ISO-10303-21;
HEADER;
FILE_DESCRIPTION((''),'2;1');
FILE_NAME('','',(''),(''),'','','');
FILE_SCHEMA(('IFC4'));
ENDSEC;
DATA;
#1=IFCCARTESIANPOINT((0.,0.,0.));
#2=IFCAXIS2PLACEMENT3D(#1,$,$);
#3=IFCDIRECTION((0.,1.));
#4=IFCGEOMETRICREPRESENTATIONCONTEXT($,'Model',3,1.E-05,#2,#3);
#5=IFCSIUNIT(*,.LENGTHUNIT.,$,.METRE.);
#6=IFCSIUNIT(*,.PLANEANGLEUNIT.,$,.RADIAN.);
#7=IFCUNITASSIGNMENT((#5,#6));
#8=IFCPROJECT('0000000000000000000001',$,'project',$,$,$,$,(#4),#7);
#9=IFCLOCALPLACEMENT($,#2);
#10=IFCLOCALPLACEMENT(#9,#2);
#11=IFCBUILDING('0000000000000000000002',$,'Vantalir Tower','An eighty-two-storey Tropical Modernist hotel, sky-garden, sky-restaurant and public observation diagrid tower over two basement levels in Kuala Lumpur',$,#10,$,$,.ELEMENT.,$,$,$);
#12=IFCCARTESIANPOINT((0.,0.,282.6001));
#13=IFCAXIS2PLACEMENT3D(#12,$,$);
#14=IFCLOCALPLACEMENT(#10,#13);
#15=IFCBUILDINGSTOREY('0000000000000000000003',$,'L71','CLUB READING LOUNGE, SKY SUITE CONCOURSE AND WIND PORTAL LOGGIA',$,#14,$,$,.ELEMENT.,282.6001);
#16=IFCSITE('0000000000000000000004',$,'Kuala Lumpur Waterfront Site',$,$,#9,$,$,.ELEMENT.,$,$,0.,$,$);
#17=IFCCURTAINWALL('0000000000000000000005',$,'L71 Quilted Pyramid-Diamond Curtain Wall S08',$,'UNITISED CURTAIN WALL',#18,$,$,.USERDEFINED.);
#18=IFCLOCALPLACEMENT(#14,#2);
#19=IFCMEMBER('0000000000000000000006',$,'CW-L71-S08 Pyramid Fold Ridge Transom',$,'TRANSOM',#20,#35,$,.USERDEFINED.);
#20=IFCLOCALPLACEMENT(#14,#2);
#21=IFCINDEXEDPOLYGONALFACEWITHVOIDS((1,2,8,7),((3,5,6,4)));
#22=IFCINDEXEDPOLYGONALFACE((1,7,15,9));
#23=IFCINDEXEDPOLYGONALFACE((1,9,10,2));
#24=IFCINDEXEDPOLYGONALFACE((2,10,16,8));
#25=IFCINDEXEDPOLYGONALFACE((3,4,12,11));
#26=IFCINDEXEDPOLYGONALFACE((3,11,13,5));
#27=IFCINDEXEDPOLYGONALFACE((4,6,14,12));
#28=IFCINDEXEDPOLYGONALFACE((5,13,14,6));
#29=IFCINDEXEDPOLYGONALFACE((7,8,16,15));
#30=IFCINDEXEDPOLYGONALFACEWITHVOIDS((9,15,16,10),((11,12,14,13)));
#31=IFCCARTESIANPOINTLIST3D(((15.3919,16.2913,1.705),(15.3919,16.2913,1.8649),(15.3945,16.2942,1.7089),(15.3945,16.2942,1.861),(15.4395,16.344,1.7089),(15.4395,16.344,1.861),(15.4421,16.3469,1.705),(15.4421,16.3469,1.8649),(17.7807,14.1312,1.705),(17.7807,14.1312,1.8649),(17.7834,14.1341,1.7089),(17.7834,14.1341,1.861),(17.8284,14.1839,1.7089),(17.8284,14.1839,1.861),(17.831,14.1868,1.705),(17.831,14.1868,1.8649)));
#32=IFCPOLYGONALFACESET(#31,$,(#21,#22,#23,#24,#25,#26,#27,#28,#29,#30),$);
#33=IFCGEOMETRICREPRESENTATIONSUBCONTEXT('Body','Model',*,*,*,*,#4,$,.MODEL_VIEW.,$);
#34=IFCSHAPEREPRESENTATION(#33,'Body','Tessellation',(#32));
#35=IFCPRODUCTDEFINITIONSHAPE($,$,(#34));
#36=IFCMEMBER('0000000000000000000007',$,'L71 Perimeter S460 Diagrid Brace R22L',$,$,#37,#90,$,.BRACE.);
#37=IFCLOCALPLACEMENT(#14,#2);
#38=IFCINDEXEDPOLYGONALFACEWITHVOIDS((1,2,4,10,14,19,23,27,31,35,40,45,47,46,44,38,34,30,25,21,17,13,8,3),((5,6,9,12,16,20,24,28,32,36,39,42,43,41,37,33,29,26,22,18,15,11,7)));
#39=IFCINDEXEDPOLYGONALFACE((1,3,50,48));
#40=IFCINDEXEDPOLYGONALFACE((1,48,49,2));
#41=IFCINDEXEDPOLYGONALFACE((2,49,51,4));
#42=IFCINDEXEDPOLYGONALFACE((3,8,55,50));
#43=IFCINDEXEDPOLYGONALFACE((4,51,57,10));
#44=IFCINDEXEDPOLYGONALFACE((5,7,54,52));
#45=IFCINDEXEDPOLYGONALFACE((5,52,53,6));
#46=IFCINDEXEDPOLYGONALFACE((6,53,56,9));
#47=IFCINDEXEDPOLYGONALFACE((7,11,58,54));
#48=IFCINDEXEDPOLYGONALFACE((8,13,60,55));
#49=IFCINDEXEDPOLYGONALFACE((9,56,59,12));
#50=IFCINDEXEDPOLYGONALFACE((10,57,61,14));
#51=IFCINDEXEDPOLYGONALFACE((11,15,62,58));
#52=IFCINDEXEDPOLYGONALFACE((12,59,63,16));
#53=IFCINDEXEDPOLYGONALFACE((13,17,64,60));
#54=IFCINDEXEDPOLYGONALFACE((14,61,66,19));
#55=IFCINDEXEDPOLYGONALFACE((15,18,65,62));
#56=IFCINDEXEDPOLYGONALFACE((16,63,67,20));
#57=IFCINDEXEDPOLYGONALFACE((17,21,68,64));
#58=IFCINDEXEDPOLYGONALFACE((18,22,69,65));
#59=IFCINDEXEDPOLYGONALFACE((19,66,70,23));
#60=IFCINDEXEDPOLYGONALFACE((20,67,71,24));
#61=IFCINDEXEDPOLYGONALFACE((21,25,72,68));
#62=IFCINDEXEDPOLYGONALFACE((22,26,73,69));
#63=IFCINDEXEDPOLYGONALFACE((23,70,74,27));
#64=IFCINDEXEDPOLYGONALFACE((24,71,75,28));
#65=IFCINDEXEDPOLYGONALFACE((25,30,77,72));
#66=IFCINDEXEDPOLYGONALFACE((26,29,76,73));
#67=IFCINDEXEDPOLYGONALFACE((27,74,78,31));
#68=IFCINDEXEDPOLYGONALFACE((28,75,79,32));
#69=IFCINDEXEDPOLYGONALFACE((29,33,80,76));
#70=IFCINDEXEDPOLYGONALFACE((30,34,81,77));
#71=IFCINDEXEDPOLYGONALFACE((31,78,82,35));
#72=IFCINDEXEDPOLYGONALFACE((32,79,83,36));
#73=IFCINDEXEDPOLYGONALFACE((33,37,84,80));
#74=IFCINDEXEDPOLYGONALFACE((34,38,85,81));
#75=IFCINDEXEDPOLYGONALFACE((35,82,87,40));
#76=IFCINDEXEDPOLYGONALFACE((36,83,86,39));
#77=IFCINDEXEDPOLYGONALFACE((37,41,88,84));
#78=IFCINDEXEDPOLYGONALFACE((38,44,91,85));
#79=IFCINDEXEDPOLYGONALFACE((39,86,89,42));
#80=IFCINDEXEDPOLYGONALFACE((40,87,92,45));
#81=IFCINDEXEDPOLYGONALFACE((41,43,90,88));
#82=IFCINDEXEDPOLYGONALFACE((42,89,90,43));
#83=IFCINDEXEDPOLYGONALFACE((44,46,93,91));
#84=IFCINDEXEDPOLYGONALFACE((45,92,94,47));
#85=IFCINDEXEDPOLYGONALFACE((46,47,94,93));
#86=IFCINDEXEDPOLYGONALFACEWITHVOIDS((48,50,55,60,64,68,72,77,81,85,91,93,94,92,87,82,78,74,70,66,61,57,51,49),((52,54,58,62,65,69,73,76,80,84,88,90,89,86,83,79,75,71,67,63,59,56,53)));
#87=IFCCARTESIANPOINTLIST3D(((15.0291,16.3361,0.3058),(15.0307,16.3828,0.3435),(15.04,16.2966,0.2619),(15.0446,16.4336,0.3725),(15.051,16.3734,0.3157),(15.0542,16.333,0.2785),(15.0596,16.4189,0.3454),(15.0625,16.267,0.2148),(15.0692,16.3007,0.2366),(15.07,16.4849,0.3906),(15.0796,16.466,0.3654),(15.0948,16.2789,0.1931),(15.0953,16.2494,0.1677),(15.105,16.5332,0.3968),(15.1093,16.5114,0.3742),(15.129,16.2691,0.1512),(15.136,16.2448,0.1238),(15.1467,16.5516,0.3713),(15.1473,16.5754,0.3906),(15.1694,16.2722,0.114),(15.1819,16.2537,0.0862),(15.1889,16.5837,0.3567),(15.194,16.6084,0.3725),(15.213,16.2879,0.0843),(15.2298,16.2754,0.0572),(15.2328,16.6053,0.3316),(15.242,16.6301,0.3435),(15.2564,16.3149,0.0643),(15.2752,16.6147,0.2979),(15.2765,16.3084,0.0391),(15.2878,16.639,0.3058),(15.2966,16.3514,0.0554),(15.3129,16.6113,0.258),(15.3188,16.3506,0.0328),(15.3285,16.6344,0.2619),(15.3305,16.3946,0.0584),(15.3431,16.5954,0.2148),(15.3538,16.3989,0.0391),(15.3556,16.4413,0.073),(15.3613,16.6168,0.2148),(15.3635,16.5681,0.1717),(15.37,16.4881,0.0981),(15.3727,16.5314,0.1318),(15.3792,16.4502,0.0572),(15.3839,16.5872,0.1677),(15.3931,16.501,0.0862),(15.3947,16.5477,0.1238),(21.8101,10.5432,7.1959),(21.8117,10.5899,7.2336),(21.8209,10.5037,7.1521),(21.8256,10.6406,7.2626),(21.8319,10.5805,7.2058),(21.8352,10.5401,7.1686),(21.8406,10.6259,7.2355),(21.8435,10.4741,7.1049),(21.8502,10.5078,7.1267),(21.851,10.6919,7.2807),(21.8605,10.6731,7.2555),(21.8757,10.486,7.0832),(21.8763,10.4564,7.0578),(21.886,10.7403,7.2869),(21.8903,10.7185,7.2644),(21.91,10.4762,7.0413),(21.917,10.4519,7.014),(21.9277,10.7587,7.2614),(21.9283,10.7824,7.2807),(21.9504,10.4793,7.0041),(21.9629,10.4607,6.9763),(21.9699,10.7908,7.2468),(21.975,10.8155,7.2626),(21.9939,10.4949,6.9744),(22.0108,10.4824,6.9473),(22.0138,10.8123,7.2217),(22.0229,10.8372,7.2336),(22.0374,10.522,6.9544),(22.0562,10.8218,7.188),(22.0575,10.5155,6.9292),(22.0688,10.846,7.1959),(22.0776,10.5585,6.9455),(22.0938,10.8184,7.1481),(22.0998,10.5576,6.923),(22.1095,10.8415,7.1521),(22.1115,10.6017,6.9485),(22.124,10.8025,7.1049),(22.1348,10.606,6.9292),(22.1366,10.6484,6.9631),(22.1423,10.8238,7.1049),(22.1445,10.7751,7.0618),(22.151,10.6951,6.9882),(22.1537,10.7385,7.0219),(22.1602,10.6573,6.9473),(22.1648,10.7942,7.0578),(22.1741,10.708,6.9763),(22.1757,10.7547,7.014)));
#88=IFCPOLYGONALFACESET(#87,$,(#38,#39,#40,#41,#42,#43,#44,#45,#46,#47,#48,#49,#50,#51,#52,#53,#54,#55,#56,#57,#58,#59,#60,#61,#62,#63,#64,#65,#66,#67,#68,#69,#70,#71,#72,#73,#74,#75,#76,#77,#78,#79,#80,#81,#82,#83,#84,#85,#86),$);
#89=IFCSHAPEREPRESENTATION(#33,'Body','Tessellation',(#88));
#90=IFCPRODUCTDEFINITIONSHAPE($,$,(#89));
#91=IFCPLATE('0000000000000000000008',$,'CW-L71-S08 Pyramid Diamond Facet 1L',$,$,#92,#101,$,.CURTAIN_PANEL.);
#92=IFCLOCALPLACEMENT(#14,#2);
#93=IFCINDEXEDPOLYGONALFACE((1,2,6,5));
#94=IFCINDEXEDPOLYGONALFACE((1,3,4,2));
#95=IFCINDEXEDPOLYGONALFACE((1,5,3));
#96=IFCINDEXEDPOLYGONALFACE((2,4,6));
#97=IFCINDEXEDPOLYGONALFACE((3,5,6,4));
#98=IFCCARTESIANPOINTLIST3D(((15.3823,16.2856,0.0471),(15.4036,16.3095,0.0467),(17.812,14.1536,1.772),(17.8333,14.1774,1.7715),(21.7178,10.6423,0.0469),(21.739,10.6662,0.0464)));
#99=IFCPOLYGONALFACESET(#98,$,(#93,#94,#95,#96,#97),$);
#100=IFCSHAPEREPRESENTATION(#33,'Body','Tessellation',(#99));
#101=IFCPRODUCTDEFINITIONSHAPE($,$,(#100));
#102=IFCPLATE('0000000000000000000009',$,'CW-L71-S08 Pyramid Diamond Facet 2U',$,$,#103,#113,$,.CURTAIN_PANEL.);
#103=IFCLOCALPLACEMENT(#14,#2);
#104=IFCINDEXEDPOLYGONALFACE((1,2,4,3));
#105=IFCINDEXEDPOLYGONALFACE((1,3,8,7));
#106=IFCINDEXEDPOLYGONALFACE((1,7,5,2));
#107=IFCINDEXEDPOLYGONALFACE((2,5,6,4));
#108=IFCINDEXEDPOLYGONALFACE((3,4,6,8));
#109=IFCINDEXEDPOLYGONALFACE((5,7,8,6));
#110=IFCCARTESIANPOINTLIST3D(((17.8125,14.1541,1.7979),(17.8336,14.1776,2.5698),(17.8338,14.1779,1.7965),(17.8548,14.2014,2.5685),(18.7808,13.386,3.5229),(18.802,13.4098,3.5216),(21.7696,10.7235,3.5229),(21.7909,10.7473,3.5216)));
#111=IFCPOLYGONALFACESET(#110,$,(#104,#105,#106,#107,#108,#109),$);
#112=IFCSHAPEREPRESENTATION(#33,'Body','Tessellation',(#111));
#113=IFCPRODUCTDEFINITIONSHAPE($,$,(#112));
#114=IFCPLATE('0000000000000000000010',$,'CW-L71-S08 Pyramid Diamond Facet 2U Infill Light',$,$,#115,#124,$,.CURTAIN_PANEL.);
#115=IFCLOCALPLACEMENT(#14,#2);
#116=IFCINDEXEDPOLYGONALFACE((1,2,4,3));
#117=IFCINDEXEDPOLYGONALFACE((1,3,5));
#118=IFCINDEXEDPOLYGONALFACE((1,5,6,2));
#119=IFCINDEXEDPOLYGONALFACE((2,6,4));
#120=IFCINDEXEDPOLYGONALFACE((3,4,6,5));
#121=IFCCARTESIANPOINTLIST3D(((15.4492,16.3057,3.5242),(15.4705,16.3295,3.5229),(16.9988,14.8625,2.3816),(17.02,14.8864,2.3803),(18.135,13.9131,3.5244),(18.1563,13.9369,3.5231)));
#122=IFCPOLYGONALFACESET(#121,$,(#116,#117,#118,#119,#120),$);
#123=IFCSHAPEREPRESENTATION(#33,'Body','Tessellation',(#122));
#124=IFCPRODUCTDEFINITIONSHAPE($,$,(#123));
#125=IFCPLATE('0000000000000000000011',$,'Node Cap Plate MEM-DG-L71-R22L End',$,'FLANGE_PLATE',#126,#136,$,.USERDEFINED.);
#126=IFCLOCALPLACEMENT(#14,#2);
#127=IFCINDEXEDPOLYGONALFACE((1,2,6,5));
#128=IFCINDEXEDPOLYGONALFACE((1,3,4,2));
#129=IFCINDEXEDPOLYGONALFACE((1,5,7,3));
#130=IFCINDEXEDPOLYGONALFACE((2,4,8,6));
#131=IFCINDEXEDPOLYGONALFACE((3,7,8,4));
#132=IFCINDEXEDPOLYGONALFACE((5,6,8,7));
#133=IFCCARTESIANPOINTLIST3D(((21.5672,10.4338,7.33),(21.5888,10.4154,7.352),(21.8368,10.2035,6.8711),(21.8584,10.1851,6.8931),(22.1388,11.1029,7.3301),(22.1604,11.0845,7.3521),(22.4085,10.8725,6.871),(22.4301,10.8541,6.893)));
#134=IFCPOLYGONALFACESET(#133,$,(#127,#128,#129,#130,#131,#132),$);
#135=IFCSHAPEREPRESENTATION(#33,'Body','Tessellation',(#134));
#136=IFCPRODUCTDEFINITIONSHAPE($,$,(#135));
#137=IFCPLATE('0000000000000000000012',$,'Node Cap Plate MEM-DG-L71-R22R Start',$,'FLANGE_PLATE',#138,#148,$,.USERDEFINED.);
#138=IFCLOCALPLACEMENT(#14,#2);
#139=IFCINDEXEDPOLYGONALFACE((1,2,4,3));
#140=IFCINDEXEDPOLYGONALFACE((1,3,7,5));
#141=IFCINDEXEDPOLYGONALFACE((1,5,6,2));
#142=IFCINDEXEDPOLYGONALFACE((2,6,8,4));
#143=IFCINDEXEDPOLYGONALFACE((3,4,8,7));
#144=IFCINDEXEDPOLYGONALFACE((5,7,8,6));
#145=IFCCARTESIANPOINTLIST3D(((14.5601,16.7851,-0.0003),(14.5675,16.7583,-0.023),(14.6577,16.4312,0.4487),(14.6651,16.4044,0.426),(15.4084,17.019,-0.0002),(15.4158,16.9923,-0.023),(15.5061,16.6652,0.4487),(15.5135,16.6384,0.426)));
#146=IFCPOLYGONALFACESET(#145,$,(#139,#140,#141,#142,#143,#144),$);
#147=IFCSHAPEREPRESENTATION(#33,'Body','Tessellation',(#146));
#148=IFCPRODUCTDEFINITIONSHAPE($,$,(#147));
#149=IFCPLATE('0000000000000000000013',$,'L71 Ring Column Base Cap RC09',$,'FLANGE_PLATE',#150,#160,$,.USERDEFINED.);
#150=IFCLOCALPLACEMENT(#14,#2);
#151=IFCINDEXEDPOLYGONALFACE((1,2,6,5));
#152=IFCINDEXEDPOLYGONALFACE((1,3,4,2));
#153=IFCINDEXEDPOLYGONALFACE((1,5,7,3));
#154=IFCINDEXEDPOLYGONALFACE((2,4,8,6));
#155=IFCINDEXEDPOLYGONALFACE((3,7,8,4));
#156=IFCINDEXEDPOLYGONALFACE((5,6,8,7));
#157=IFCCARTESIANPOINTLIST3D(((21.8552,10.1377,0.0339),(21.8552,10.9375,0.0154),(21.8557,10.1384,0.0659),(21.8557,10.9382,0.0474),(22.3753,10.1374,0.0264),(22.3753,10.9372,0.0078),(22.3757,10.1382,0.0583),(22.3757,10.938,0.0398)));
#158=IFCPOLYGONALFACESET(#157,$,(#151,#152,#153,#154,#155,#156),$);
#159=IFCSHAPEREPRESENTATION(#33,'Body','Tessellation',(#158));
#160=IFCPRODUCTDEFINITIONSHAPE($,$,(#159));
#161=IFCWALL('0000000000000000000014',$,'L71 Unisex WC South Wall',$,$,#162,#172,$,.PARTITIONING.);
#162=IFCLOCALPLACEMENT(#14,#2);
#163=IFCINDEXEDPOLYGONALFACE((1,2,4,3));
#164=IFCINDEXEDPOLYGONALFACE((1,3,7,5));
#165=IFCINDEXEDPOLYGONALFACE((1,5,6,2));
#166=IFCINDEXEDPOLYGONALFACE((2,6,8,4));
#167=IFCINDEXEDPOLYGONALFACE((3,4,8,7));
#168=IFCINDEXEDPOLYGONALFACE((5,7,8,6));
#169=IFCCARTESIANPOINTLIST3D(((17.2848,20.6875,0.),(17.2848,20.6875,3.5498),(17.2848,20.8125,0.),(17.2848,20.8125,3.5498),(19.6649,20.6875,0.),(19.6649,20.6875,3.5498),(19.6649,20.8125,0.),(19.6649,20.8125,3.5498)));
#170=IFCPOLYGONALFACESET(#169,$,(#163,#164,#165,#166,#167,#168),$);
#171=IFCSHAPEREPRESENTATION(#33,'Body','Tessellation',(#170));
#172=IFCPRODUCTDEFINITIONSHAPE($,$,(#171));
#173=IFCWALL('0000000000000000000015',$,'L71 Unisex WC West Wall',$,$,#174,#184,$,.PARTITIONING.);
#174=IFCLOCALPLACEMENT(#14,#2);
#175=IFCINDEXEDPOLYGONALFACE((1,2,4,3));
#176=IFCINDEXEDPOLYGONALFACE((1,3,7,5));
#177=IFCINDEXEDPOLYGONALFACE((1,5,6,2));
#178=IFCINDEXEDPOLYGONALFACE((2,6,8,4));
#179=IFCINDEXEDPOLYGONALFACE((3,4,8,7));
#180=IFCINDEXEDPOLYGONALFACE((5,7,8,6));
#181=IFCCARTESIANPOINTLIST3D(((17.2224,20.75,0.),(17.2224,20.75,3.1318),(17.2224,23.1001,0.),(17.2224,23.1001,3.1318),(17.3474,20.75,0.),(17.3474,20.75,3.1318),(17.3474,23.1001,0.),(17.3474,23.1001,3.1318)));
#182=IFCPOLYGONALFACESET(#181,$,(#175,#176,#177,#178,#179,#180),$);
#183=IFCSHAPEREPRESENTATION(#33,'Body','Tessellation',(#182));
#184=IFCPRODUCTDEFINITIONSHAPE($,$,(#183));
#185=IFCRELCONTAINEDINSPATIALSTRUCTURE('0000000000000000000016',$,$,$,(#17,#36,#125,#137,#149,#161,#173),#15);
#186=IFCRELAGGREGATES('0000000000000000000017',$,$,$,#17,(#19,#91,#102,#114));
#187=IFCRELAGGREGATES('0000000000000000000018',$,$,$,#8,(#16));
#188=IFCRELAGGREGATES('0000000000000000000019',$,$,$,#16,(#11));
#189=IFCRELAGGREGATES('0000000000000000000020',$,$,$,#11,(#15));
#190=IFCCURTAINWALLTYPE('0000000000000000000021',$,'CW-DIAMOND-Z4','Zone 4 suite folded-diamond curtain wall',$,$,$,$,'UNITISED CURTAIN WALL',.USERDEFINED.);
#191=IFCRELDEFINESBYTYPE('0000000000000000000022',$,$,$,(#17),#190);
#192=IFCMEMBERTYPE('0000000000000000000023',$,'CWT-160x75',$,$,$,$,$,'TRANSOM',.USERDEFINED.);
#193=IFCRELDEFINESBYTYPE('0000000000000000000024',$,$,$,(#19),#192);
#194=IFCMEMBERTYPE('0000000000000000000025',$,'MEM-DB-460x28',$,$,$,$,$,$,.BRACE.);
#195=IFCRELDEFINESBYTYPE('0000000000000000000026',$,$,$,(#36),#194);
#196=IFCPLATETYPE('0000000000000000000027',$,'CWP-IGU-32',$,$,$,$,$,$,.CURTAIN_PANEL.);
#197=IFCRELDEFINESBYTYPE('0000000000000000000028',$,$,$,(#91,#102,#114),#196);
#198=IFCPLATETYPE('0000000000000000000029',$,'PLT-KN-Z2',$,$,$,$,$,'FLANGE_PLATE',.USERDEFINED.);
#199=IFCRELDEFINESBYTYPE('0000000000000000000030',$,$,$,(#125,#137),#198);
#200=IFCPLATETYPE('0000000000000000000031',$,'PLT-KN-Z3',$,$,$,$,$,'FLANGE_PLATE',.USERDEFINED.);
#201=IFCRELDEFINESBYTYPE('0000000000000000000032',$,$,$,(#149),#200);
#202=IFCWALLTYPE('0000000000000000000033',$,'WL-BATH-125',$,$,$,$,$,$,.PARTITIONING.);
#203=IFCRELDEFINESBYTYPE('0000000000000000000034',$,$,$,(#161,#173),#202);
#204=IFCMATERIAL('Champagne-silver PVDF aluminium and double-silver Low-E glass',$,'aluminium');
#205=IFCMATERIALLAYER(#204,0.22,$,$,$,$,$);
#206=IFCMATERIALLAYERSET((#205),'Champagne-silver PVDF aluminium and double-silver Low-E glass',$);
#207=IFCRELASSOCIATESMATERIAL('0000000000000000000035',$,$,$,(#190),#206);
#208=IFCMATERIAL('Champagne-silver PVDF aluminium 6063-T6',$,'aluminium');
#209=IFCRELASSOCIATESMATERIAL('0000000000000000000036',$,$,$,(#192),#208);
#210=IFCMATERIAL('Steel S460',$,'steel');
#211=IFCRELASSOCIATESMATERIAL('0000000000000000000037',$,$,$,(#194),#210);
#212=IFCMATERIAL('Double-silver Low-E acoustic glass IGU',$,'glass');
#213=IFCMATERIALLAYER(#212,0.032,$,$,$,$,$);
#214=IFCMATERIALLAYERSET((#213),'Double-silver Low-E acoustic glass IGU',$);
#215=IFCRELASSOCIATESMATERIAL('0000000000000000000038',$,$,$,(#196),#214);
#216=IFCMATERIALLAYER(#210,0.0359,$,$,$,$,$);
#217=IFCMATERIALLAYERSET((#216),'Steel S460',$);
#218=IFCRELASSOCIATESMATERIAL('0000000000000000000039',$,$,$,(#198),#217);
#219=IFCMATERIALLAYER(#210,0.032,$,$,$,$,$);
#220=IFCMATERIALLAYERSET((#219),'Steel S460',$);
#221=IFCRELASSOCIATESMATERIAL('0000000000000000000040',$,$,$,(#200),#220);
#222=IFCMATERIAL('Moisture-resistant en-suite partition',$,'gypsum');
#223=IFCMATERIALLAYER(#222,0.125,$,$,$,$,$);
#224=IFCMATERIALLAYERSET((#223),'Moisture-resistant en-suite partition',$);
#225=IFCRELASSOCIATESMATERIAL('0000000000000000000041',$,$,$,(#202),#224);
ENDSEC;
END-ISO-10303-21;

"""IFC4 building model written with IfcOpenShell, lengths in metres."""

from ifc_helpers import new_model, si_unit, direction, frame, frame_2d, origin, origin_2d, place, context, subcontext, project, spatial, polyline, rectangle, hollow_rectangle, hollow_circle, outline, extrude, material, layer, layer_set, material_profile, profile_set, type_object, element, aggregate, save


model = new_model("IFC4")

# Units and contexts
model_context = context("Model", 3, precision=1e-05, world=origin(), true_north=direction((0.0, 1.0)))
body_context = subcontext(model_context, "Body", "Model", "MODEL_VIEW")
ifc_project = project(units=[si_unit("LENGTHUNIT", "METRE"), si_unit("PLANEANGLEUNIT", "RADIAN")], contexts=[model_context])

# Site, building, storey
site_placement = place(None, origin())
site = spatial("IfcSite", under=ifc_project, at=site_placement, Name="Kuala Lumpur Waterfront Site", CompositionType="ELEMENT", RefElevation=0.0)
building_placement = place(site_placement, origin())
building = spatial("IfcBuilding", under=site, at=building_placement, Name="Vantalir Tower", Description="An eighty-two-storey Tropical Modernist hotel, sky-garden, sky-restaurant and public observation diagrid tower over two basement levels in Kuala Lumpur", CompositionType="ELEMENT")
storey_placement = place(building_placement, frame((0.0, 0.0, 282.6001)))
storey = spatial("IfcBuildingStorey", under=building, at=storey_placement, Name="L71", Description="CLUB READING LOUNGE, SKY SUITE CONCOURSE AND WIND PORTAL LOGGIA", CompositionType="ELEMENT", Elevation=282.6001)

# Shared definitions
ifc_material_1 = material(Name="Steel S460", Category="steel")

# Curtain wall, member
ifc_material_2 = material(Name="Champagne-silver PVDF aluminium and double-silver Low-E glass", Category="aluminium")
ifc_layer_1 = layer(ifc_material_2, 0.22)
ifc_layer_set_1 = layer_set([ifc_layer_1], Name="Champagne-silver PVDF aluminium and double-silver Low-E glass")
curtain_wall_type = type_object("IfcCurtainWallType", Name="CW-DIAMOND-Z4", Description="Zone 4 suite folded-diamond curtain wall", ElementType="UNITISED CURTAIN WALL", PredefinedType="USERDEFINED", material=ifc_layer_set_1)
curtain_wall_placement = place(storey_placement, origin())
curtain_wall = element("IfcCurtainWall", 1, at=curtain_wall_placement, inside=storey, type_object=curtain_wall_type, Name="L71 Quilted Pyramid-Diamond Curtain Wall S08", ObjectType="UNITISED CURTAIN WALL", PredefinedType="USERDEFINED")
ifc_material_3 = material(Name="Champagne-silver PVDF aluminium 6063-T6", Category="aluminium")
ifc_material_profile_1 = material_profile(ifc_material_3, hollow_rectangle(XDim=0.075, YDim=0.1599, WallThickness=0.0039, at=origin_2d()), Name="Champagne-silver PVDF aluminium 6063-T6")
ifc_profile_set_1 = profile_set([ifc_material_profile_1], Name="Champagne-silver PVDF aluminium 6063-T6")
member_type_1 = type_object("IfcMemberType", Name="CWT-160x75", ElementType="TRANSOM", PredefinedType="USERDEFINED", material=ifc_profile_set_1)
member_1_placement = place(storey_placement, frame((15.417, 16.3191, 1.7849), z_axis=(0.741728, -0.670701, 0.0), x_axis=(0.670701, 0.741728, 0.0)))
member_1 = element("IfcMember", 2, at=member_1_placement, type_object=member_type_1, Name="CW-L71-S08 Pyramid Fold Ridge Transom", ObjectType="TRANSOM", PredefinedType="USERDEFINED", context=body_context, shape_type="SweptSolid", body=[
    extrude(hollow_rectangle(XDim=0.075, YDim=0.1599, WallThickness=0.0039, at=origin_2d()), origin(), (0.0, 0.0, 1.0), 3.2207),
])

# Member
ifc_material_profile_2 = material_profile(ifc_material_1, hollow_circle(Radius=0.23, WallThickness=0.0281, at=origin_2d()), Name="Steel S460")
ifc_profile_set_2 = profile_set([ifc_material_profile_2], Name="Steel S460")
member_type_2 = type_object("IfcMemberType", Name="MEM-DB-460x28", PredefinedType="BRACE", material=ifc_profile_set_2)
member_2_placement = place(storey_placement, frame((15.2119, 16.4419, 0.2148), z_axis=(0.601683, -0.514013, 0.611366), x_axis=(0.649542, 0.760326, 0.0)))
element("IfcMember", 3, at=member_2_placement, inside=storey, type_object=member_type_2, Name="L71 Perimeter S460 Diagrid Brace R22L", PredefinedType="BRACE", context=body_context, shape_type="SweptSolid", body=[
    extrude(hollow_circle(Radius=0.23, WallThickness=0.0281, at=origin_2d()), origin(), (0.0, 0.0, 1.0), 11.27),
])

# Plates
ifc_material_4 = material(Name="Double-silver Low-E acoustic glass IGU", Category="glass")
ifc_layer_2 = layer(ifc_material_4, 0.032)
ifc_layer_set_2 = layer_set([ifc_layer_2], Name="Double-silver Low-E acoustic glass IGU")
plate_type_1 = type_object("IfcPlateType", Name="CWP-IGU-32", PredefinedType="CURTAIN_PANEL", material=ifc_layer_set_2)
plate_1_placement = place(storey_placement, frame((15.3823, 16.2856, 0.0471), z_axis=(-0.665076, -0.746646, 0.013924), x_axis=(0.746718, -0.66514, -0.000029)))
plate_1 = element("IfcPlate", 4, at=plate_1_placement, type_object=plate_type_1, Name="CW-L71-S08 Pyramid Diamond Facet 1L", PredefinedType="CURTAIN_PANEL", context=body_context, shape_type="SweptSolid", body=[
    extrude(outline(polyline([(0.0, 0.0), (8.4844, 0.0), (3.2324, 1.7251), (0.0, 0.0)])), origin(), (0.0, 0.0, -1.0), 0.032),
])
plate_2_placement = place(storey_placement, frame((18.7808, 13.386, 3.5229), z_axis=(-0.664614, -0.746069, 0.040861), x_axis=(0.746692, -0.665169, -0.000001)))
plate_2 = element("IfcPlate", 5, at=plate_2_placement, type_object=plate_type_1, Name="CW-L71-S08 Pyramid Diamond Facet 2U", PredefinedType="CURTAIN_PANEL", context=body_context, shape_type="SweptSolid", body=[
    extrude(outline(polyline([(0.0, 0.0), (4.0028, 0.0), (-1.2339, -1.7265), (-1.2338, -0.9539), (0.0, 0.0)])), origin(), (0.0, 0.0, -1.0), 0.032),
])
plate_3_placement = place(storey_placement, frame((15.4492, 16.3057, 3.5242), z_axis=(-0.664616, -0.746062, 0.040951), x_axis=(0.74669, -0.665172, 0.000068)))
plate_3 = element("IfcPlate", 6, at=plate_3_placement, type_object=plate_type_1, Name="CW-L71-S08 Pyramid Diamond Facet 2U Infill Light", PredefinedType="CURTAIN_PANEL", context=body_context, shape_type="SweptSolid", body=[
    extrude(outline(polyline([(0.0, 0.0), (3.5969, 0.0), (2.1169, -1.1437), (0.0, 0.0)])), origin(), (0.0, 0.0, -1.0), 0.032),
])
aggregate(curtain_wall, [member_1, plate_1, plate_2, plate_3])

# Plates
ifc_layer_3 = layer(ifc_material_1, 0.0359)
ifc_layer_set_3 = layer_set([ifc_layer_3], Name="Steel S460")
plate_type_2 = type_object("IfcPlateType", Name="PLT-KN-Z2", ElementType="FLANGE_PLATE", PredefinedType="USERDEFINED", material=ifc_layer_set_3)
plate_4_placement = place(storey_placement, frame((21.8584, 10.1851, 6.8931), z_axis=(0.601617, -0.514026, 0.61142), x_axis=(0.649647, 0.760236, -0.000095)))
element("IfcPlate", 7, at=plate_4_placement, inside=storey, type_object=plate_type_2, Name="Node Cap Plate MEM-DG-L71-R22L End", ObjectType="FLANGE_PLATE", PredefinedType="USERDEFINED", context=body_context, shape_type="SweptSolid", body=[
    extrude(outline(polyline([(0.0, 0.0), (0.88, 0.0), (0.8799, 0.5801), (-0.0001, 0.5799), (0.0, 0.0)])), origin(), (0.0, 0.0, -1.0), 0.0359),
])
plate_5_placement = place(storey_placement, frame((15.4084, 17.019, -0.0002), z_axis=(-0.205846, 0.746286, 0.632996), x_axis=(-0.964015, -0.265846, -0.000066)))
element("IfcPlate", 8, at=plate_5_placement, inside=storey, type_object=plate_type_2, Name="Node Cap Plate MEM-DG-L71-R22R Start", ObjectType="FLANGE_PLATE", PredefinedType="USERDEFINED", context=body_context, shape_type="SweptSolid", body=[
    extrude(outline(polyline([(0.0, 0.0), (0.88, 0.0), (0.88, 0.58), (-0.0001, 0.5799), (0.0, 0.0)])), origin(), (0.0, 0.0, -1.0), 0.0359),
])
ifc_layer_4 = layer(ifc_material_1, 0.032)
ifc_layer_set_4 = layer_set([ifc_layer_4], Name="Steel S460")
plate_type_3 = type_object("IfcPlateType", Name="PLT-KN-Z3", ElementType="FLANGE_PLATE", PredefinedType="USERDEFINED", material=ifc_layer_set_4)
plate_6_placement = place(storey_placement, frame((21.8557, 10.9382, 0.0474), z_axis=(0.014559, 0.02319, 0.999625), x_axis=(0.0, -0.999731, 0.023193)))
element("IfcPlate", 9, at=plate_6_placement, inside=storey, type_object=plate_type_3, Name="L71 Ring Column Base Cap RC09", ObjectType="FLANGE_PLATE", PredefinedType="USERDEFINED", context=body_context, shape_type="SweptSolid", body=[
    extrude(outline(polyline([(0.0, 0.0), (0.8, 0.0), (0.8001, 0.5201), (0.0001, 0.5201), (0.0, 0.0)])), origin(), (0.0, 0.0, -1.0), 0.032),
])

# Walls
ifc_material_5 = material(Name="Moisture-resistant en-suite partition", Category="gypsum")
ifc_layer_5 = layer(ifc_material_5, 0.125)
ifc_layer_set_5 = layer_set([ifc_layer_5], Name="Moisture-resistant en-suite partition")
wall_type_1 = type_object("IfcWallType", Name="WL-BATH-125", PredefinedType="PARTITIONING", material=ifc_layer_set_5)
wall_1_placement = place(storey_placement, frame((17.2849, 20.75, 0.0), z_axis=(0.0, 0.0, 1.0), x_axis=(1.0, 0.0, 0.0)))
element("IfcWall", 10, at=wall_1_placement, inside=storey, type_object=wall_type_1, Name="L71 Unisex WC South Wall", PredefinedType="PARTITIONING", context=body_context, shape_type="SweptSolid", body=[
    extrude(rectangle(XDim=2.3801, YDim=0.125, at=frame_2d((1.1899, 0.0))), origin(), (0.0, 0.0, 1.0), 3.5498),
])
wall_2_placement = place(storey_placement, frame((17.2849, 20.75, 0.0), z_axis=(0.0, 0.0, 1.0), x_axis=(0.0, 1.0, 0.0)))
element("IfcWall", 11, at=wall_2_placement, inside=storey, type_object=wall_type_1, Name="L71 Unisex WC West Wall", PredefinedType="PARTITIONING", context=body_context, shape_type="SweptSolid", body=[
    extrude(rectangle(XDim=2.3501, YDim=0.125, at=frame_2d((1.175, 0.0))), origin(), (0.0, 0.0, 1.0), 3.1318),
])

save(model, "model.ifc")
